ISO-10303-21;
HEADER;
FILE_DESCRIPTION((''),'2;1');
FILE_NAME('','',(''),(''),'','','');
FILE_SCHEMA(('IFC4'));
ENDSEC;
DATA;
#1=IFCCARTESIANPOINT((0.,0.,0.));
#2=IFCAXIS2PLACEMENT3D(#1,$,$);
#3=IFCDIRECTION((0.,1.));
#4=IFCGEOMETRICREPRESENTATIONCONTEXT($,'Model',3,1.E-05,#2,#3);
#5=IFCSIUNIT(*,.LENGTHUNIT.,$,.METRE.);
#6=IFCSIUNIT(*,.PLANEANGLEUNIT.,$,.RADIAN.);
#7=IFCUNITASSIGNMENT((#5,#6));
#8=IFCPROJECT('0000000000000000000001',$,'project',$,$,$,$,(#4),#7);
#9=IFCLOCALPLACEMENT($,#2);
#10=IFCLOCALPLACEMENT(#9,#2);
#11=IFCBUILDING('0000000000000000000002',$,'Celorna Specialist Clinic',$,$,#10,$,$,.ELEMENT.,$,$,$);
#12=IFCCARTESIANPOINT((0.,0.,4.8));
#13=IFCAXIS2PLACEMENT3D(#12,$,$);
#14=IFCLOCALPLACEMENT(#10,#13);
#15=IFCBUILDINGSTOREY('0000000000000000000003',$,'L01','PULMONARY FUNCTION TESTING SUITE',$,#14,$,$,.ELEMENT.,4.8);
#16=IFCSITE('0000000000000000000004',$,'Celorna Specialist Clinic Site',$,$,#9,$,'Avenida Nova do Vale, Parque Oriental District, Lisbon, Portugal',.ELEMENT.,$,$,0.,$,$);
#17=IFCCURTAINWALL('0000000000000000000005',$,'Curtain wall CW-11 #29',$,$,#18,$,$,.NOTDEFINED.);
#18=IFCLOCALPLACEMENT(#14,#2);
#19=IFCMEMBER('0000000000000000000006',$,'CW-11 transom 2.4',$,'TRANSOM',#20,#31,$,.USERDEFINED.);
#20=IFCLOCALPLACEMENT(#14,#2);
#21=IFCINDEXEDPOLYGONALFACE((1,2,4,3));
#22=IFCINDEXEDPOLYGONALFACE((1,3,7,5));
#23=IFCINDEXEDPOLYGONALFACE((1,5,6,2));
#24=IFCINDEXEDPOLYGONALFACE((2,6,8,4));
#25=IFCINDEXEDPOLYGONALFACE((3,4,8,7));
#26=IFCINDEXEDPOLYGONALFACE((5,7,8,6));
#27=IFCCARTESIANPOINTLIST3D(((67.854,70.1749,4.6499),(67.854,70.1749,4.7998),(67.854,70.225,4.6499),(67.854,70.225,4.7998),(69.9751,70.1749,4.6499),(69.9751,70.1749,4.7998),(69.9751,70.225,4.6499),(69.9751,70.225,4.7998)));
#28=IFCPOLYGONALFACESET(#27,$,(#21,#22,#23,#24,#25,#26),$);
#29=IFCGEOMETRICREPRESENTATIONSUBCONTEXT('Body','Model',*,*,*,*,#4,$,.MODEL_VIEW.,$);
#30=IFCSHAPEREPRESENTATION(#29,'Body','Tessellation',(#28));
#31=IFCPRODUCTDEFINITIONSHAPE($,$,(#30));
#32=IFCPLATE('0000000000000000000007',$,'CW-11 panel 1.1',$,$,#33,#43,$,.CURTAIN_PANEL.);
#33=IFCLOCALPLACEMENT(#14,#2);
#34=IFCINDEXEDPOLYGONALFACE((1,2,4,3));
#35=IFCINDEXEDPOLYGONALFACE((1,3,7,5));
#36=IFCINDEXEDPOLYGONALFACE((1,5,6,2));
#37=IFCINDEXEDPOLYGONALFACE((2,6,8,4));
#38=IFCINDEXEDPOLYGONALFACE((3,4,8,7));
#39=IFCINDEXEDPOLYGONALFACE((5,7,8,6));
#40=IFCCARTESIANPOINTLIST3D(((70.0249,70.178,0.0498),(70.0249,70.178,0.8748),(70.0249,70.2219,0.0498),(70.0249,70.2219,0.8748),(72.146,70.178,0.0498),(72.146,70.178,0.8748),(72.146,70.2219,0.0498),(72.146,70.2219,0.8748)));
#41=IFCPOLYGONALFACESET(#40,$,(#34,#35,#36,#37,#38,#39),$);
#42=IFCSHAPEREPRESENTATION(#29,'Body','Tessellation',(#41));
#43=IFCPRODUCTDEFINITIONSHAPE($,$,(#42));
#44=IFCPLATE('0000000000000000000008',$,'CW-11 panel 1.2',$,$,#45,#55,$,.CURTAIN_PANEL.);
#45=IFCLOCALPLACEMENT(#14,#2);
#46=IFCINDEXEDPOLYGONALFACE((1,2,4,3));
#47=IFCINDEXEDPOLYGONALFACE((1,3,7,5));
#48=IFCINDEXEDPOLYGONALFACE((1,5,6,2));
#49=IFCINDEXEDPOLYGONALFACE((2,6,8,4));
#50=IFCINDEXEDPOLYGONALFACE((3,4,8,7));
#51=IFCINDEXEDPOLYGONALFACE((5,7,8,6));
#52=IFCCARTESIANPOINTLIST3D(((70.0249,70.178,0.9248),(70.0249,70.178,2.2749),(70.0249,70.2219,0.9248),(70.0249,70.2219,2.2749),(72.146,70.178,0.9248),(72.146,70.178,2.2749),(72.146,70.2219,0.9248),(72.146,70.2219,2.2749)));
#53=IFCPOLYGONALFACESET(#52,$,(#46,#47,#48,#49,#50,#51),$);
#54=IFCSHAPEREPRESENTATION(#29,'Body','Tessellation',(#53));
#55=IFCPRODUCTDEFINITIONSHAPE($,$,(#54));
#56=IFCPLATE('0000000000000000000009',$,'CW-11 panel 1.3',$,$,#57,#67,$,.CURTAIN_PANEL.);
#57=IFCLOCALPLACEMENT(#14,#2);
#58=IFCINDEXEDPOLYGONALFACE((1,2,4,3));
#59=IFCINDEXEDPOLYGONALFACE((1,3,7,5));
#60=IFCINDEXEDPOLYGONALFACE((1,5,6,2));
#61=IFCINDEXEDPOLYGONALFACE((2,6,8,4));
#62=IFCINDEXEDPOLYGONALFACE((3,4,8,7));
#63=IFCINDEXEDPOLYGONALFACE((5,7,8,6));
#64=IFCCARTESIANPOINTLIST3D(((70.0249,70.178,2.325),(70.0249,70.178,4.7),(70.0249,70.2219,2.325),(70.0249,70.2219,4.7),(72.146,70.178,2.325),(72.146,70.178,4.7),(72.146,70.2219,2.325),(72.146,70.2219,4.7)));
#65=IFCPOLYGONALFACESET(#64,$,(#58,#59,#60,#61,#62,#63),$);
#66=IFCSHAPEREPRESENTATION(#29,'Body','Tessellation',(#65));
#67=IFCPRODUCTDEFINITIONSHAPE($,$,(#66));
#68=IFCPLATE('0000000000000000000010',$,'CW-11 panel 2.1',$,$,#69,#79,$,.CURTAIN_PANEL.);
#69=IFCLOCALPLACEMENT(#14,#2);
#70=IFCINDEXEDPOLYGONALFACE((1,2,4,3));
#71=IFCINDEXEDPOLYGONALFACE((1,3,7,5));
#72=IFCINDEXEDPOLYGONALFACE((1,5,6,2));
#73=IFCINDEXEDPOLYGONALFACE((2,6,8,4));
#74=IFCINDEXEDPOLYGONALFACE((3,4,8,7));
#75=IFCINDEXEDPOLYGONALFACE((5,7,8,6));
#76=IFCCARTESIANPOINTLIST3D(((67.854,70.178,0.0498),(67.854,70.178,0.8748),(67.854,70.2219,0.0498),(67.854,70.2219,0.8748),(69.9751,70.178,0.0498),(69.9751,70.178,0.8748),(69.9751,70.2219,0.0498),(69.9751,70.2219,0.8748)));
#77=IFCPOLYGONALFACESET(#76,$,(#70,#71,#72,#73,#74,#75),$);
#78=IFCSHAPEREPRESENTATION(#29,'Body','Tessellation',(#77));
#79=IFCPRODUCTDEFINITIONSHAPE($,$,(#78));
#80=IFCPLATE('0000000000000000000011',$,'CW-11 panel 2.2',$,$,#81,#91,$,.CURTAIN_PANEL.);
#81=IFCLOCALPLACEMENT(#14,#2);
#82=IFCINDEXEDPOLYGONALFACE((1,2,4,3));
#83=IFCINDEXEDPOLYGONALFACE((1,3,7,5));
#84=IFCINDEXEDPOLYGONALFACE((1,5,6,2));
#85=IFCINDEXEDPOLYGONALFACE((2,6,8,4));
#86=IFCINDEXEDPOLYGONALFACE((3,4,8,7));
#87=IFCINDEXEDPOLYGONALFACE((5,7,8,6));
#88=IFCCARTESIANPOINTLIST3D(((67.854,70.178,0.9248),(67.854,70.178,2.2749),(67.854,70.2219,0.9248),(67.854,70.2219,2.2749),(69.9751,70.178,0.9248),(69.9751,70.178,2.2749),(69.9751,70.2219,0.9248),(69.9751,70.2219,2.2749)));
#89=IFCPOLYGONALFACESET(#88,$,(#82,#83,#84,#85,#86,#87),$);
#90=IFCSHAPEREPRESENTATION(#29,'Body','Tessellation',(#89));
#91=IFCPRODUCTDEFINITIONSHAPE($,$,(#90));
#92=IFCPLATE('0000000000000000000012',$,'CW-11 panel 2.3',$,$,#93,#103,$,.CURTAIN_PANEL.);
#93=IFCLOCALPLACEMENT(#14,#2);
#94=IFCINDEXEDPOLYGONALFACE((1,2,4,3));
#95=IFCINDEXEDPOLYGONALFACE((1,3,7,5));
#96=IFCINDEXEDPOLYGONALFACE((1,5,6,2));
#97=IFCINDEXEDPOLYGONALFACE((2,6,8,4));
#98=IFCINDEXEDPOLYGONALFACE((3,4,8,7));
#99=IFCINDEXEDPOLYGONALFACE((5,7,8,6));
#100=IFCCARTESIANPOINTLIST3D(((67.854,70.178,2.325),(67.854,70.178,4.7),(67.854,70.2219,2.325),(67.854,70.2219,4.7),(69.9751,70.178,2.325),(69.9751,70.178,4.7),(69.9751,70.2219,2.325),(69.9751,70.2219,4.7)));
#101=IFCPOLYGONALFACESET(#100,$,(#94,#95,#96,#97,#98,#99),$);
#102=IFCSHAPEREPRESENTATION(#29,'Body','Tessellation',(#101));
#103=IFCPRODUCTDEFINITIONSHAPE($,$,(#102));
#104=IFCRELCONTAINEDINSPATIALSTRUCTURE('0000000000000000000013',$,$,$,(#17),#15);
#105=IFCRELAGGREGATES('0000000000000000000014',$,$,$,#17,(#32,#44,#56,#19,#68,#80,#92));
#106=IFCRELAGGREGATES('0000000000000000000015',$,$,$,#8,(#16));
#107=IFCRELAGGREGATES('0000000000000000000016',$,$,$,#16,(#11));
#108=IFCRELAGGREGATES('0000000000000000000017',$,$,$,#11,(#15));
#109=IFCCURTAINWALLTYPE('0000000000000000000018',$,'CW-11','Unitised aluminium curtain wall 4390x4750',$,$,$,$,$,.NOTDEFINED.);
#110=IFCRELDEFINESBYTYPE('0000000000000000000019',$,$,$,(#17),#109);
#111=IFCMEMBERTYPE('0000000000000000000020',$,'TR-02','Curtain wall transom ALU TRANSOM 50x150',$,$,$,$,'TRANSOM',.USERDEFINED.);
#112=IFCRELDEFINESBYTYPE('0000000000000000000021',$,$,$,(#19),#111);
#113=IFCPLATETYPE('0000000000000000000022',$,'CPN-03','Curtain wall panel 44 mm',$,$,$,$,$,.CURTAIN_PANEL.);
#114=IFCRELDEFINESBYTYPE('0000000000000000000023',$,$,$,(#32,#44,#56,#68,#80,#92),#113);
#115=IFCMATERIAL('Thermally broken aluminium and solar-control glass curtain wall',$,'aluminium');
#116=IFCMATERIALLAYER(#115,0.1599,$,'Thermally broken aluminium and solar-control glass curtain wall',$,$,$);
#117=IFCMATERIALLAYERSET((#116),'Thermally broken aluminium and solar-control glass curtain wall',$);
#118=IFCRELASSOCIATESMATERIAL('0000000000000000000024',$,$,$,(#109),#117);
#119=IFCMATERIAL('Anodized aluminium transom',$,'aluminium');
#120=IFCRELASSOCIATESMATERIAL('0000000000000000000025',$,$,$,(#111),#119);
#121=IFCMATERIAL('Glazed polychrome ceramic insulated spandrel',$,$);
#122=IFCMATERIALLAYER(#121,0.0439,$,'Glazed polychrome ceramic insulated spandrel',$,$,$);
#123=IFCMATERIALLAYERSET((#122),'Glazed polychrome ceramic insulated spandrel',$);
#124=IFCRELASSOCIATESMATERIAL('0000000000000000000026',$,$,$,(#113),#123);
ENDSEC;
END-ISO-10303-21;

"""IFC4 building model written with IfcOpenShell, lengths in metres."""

from ifc_helpers import new_model, si_unit, direction, frame, origin, origin_2d, place, context, subcontext, project, spatial, rectangle, extrude, material, layer, layer_set, material_profile, profile_set, type_object, element, aggregate, save


model = new_model("IFC4")

# Units and contexts
model_context = context("Model", 3, precision=1e-05, world=origin(), true_north=direction((0.0, 1.0)))
body_context = subcontext(model_context, "Body", "Model", "MODEL_VIEW")
ifc_project = project(units=[si_unit("LENGTHUNIT", "METRE"), si_unit("PLANEANGLEUNIT", "RADIAN")], contexts=[model_context])

# Site, building, storey
site_placement = place(None, origin())
site = spatial("IfcSite", under=ifc_project, at=site_placement, Name="Celorna Specialist Clinic Site", LongName="Avenida Nova do Vale, Parque Oriental District, Lisbon, Portugal", CompositionType="ELEMENT", RefElevation=0.0)
building_placement = place(site_placement, origin())
building = spatial("IfcBuilding", under=site, at=building_placement, Name="Celorna Specialist Clinic", CompositionType="ELEMENT")
storey_placement = place(building_placement, frame((0.0, 0.0, 4.8)))
storey = spatial("IfcBuildingStorey", under=building, at=storey_placement, Name="L01", Description="PULMONARY FUNCTION TESTING SUITE", CompositionType="ELEMENT", Elevation=4.8)

# Shared definitions
ifc_material_1 = material(Name="Thermally broken aluminium and solar-control glass curtain wall", Category="aluminium")

# Curtain wall
ifc_layer_1 = layer(ifc_material_1, 0.1599, Name="Thermally broken aluminium and solar-control glass curtain wall")
ifc_layer_set_1 = layer_set([ifc_layer_1], Name="Thermally broken aluminium and solar-control glass curtain wall")
curtain_wall_type_1 = type_object("IfcCurtainWallType", Name="CW-11", Description="Unitised aluminium curtain wall 4390x4750", PredefinedType="NOTDEFINED", material=ifc_layer_set_1)
curtain_wall_1_placement = place(storey_placement, origin())
curtain_wall_1 = element("IfcCurtainWall", 1, at=curtain_wall_1_placement, inside=storey, type_object=curtain_wall_type_1, Name="Curtain wall CW-11 #29", PredefinedType="NOTDEFINED")

# Member
ifc_material_2 = material(Name="Anodized aluminium transom", Category="aluminium")
ifc_material_profile_1 = material_profile(ifc_material_2, rectangle(XDim=0.05, YDim=0.1499, at=origin_2d()), Name="ALU TRANSOM 50x150")
ifc_profile_set_1 = profile_set([ifc_material_profile_1], Name="Anodized aluminium transom")
member_type_1 = type_object("IfcMemberType", Name="TR-02", Description="Curtain wall transom ALU TRANSOM 50x150", ElementType="TRANSOM", PredefinedType="USERDEFINED", material=ifc_profile_set_1)
member_1_placement = place(storey_placement, frame((69.9751, 70.2, 4.7249), z_axis=(-1.0, 0.0, 0.0), x_axis=(0.0, -1.0, 0.0)))
member_1 = element("IfcMember", 2, at=member_1_placement, type_object=member_type_1, Name="CW-11 transom 2.4", ObjectType="TRANSOM", PredefinedType="USERDEFINED", context=body_context, shape_type="SweptSolid", body=[
    extrude(rectangle(XDim=0.05, YDim=0.1499, at=origin_2d()), origin(), (0.0, 0.0, 1.0), 2.1211),
])

# Plates
ifc_material_3 = material(Name="Glazed polychrome ceramic insulated spandrel")
ifc_layer_2 = layer(ifc_material_3, 0.0439, Name="Glazed polychrome ceramic insulated spandrel")
ifc_layer_set_2 = layer_set([ifc_layer_2], Name="Glazed polychrome ceramic insulated spandrel")
plate_type = type_object("IfcPlateType", Name="CPN-03", Description="Curtain wall panel 44 mm", PredefinedType="CURTAIN_PANEL", material=ifc_layer_set_2)
plate_1_placement = place(storey_placement, frame((71.0854, 70.2, 0.0498), z_axis=(0.0, 0.0, 1.0), x_axis=(-1.0, 0.0, 0.0)))
plate_1 = element("IfcPlate", 3, at=plate_1_placement, type_object=plate_type, Name="CW-11 panel 1.1", PredefinedType="CURTAIN_PANEL", context=body_context, shape_type="SweptSolid", body=[
    extrude(rectangle(XDim=2.1211, YDim=0.0439, at=origin_2d()), origin(), (0.0, 0.0, 1.0), 0.825),
])
plate_2_placement = place(storey_placement, frame((71.0854, 70.2, 0.9248), z_axis=(0.0, 0.0, 1.0), x_axis=(-1.0, 0.0, 0.0)))
plate_2 = element("IfcPlate", 4, at=plate_2_placement, type_object=plate_type, Name="CW-11 panel 1.2", PredefinedType="CURTAIN_PANEL", context=body_context, shape_type="SweptSolid", body=[
    extrude(rectangle(XDim=2.1211, YDim=0.0439, at=origin_2d()), origin(), (0.0, 0.0, 1.0), 1.3501),
])
plate_3_placement = place(storey_placement, frame((71.0854, 70.2, 2.325), z_axis=(0.0, 0.0, 1.0), x_axis=(-1.0, 0.0, 0.0)))
plate_3 = element("IfcPlate", 5, at=plate_3_placement, type_object=plate_type, Name="CW-11 panel 1.3", PredefinedType="CURTAIN_PANEL", context=body_context, shape_type="SweptSolid", body=[
    extrude(rectangle(XDim=2.1211, YDim=0.0439, at=origin_2d()), origin(), (0.0, 0.0, 1.0), 2.375),
])
plate_4_placement = place(storey_placement, frame((68.9146, 70.2, 0.0498), z_axis=(0.0, 0.0, 1.0), x_axis=(-1.0, 0.0, 0.0)))
plate_4 = element("IfcPlate", 6, at=plate_4_placement, type_object=plate_type, Name="CW-11 panel 2.1", PredefinedType="CURTAIN_PANEL", context=body_context, shape_type="SweptSolid", body=[
    extrude(rectangle(XDim=2.1211, YDim=0.0439, at=origin_2d()), origin(), (0.0, 0.0, 1.0), 0.825),
])
plate_5_placement = place(storey_placement, frame((68.9146, 70.2, 0.9248), z_axis=(0.0, 0.0, 1.0), x_axis=(-1.0, 0.0, 0.0)))
plate_5 = element("IfcPlate", 7, at=plate_5_placement, type_object=plate_type, Name="CW-11 panel 2.2", PredefinedType="CURTAIN_PANEL", context=body_context, shape_type="SweptSolid", body=[
    extrude(rectangle(XDim=2.1211, YDim=0.0439, at=origin_2d()), origin(), (0.0, 0.0, 1.0), 1.3501),
])
plate_6_placement = place(storey_placement, frame((68.9146, 70.2, 2.325), z_axis=(0.0, 0.0, 1.0), x_axis=(-1.0, 0.0, 0.0)))
plate_6 = element("IfcPlate", 8, at=plate_6_placement, type_object=plate_type, Name="CW-11 panel 2.3", PredefinedType="CURTAIN_PANEL", context=body_context, shape_type="SweptSolid", body=[
    extrude(rectangle(XDim=2.1211, YDim=0.0439, at=origin_2d()), origin(), (0.0, 0.0, 1.0), 2.375),
])
aggregate(curtain_wall_1, [plate_1, plate_2, plate_3, member_1, plate_4, plate_5, plate_6])

save(model, "model.ifc")
